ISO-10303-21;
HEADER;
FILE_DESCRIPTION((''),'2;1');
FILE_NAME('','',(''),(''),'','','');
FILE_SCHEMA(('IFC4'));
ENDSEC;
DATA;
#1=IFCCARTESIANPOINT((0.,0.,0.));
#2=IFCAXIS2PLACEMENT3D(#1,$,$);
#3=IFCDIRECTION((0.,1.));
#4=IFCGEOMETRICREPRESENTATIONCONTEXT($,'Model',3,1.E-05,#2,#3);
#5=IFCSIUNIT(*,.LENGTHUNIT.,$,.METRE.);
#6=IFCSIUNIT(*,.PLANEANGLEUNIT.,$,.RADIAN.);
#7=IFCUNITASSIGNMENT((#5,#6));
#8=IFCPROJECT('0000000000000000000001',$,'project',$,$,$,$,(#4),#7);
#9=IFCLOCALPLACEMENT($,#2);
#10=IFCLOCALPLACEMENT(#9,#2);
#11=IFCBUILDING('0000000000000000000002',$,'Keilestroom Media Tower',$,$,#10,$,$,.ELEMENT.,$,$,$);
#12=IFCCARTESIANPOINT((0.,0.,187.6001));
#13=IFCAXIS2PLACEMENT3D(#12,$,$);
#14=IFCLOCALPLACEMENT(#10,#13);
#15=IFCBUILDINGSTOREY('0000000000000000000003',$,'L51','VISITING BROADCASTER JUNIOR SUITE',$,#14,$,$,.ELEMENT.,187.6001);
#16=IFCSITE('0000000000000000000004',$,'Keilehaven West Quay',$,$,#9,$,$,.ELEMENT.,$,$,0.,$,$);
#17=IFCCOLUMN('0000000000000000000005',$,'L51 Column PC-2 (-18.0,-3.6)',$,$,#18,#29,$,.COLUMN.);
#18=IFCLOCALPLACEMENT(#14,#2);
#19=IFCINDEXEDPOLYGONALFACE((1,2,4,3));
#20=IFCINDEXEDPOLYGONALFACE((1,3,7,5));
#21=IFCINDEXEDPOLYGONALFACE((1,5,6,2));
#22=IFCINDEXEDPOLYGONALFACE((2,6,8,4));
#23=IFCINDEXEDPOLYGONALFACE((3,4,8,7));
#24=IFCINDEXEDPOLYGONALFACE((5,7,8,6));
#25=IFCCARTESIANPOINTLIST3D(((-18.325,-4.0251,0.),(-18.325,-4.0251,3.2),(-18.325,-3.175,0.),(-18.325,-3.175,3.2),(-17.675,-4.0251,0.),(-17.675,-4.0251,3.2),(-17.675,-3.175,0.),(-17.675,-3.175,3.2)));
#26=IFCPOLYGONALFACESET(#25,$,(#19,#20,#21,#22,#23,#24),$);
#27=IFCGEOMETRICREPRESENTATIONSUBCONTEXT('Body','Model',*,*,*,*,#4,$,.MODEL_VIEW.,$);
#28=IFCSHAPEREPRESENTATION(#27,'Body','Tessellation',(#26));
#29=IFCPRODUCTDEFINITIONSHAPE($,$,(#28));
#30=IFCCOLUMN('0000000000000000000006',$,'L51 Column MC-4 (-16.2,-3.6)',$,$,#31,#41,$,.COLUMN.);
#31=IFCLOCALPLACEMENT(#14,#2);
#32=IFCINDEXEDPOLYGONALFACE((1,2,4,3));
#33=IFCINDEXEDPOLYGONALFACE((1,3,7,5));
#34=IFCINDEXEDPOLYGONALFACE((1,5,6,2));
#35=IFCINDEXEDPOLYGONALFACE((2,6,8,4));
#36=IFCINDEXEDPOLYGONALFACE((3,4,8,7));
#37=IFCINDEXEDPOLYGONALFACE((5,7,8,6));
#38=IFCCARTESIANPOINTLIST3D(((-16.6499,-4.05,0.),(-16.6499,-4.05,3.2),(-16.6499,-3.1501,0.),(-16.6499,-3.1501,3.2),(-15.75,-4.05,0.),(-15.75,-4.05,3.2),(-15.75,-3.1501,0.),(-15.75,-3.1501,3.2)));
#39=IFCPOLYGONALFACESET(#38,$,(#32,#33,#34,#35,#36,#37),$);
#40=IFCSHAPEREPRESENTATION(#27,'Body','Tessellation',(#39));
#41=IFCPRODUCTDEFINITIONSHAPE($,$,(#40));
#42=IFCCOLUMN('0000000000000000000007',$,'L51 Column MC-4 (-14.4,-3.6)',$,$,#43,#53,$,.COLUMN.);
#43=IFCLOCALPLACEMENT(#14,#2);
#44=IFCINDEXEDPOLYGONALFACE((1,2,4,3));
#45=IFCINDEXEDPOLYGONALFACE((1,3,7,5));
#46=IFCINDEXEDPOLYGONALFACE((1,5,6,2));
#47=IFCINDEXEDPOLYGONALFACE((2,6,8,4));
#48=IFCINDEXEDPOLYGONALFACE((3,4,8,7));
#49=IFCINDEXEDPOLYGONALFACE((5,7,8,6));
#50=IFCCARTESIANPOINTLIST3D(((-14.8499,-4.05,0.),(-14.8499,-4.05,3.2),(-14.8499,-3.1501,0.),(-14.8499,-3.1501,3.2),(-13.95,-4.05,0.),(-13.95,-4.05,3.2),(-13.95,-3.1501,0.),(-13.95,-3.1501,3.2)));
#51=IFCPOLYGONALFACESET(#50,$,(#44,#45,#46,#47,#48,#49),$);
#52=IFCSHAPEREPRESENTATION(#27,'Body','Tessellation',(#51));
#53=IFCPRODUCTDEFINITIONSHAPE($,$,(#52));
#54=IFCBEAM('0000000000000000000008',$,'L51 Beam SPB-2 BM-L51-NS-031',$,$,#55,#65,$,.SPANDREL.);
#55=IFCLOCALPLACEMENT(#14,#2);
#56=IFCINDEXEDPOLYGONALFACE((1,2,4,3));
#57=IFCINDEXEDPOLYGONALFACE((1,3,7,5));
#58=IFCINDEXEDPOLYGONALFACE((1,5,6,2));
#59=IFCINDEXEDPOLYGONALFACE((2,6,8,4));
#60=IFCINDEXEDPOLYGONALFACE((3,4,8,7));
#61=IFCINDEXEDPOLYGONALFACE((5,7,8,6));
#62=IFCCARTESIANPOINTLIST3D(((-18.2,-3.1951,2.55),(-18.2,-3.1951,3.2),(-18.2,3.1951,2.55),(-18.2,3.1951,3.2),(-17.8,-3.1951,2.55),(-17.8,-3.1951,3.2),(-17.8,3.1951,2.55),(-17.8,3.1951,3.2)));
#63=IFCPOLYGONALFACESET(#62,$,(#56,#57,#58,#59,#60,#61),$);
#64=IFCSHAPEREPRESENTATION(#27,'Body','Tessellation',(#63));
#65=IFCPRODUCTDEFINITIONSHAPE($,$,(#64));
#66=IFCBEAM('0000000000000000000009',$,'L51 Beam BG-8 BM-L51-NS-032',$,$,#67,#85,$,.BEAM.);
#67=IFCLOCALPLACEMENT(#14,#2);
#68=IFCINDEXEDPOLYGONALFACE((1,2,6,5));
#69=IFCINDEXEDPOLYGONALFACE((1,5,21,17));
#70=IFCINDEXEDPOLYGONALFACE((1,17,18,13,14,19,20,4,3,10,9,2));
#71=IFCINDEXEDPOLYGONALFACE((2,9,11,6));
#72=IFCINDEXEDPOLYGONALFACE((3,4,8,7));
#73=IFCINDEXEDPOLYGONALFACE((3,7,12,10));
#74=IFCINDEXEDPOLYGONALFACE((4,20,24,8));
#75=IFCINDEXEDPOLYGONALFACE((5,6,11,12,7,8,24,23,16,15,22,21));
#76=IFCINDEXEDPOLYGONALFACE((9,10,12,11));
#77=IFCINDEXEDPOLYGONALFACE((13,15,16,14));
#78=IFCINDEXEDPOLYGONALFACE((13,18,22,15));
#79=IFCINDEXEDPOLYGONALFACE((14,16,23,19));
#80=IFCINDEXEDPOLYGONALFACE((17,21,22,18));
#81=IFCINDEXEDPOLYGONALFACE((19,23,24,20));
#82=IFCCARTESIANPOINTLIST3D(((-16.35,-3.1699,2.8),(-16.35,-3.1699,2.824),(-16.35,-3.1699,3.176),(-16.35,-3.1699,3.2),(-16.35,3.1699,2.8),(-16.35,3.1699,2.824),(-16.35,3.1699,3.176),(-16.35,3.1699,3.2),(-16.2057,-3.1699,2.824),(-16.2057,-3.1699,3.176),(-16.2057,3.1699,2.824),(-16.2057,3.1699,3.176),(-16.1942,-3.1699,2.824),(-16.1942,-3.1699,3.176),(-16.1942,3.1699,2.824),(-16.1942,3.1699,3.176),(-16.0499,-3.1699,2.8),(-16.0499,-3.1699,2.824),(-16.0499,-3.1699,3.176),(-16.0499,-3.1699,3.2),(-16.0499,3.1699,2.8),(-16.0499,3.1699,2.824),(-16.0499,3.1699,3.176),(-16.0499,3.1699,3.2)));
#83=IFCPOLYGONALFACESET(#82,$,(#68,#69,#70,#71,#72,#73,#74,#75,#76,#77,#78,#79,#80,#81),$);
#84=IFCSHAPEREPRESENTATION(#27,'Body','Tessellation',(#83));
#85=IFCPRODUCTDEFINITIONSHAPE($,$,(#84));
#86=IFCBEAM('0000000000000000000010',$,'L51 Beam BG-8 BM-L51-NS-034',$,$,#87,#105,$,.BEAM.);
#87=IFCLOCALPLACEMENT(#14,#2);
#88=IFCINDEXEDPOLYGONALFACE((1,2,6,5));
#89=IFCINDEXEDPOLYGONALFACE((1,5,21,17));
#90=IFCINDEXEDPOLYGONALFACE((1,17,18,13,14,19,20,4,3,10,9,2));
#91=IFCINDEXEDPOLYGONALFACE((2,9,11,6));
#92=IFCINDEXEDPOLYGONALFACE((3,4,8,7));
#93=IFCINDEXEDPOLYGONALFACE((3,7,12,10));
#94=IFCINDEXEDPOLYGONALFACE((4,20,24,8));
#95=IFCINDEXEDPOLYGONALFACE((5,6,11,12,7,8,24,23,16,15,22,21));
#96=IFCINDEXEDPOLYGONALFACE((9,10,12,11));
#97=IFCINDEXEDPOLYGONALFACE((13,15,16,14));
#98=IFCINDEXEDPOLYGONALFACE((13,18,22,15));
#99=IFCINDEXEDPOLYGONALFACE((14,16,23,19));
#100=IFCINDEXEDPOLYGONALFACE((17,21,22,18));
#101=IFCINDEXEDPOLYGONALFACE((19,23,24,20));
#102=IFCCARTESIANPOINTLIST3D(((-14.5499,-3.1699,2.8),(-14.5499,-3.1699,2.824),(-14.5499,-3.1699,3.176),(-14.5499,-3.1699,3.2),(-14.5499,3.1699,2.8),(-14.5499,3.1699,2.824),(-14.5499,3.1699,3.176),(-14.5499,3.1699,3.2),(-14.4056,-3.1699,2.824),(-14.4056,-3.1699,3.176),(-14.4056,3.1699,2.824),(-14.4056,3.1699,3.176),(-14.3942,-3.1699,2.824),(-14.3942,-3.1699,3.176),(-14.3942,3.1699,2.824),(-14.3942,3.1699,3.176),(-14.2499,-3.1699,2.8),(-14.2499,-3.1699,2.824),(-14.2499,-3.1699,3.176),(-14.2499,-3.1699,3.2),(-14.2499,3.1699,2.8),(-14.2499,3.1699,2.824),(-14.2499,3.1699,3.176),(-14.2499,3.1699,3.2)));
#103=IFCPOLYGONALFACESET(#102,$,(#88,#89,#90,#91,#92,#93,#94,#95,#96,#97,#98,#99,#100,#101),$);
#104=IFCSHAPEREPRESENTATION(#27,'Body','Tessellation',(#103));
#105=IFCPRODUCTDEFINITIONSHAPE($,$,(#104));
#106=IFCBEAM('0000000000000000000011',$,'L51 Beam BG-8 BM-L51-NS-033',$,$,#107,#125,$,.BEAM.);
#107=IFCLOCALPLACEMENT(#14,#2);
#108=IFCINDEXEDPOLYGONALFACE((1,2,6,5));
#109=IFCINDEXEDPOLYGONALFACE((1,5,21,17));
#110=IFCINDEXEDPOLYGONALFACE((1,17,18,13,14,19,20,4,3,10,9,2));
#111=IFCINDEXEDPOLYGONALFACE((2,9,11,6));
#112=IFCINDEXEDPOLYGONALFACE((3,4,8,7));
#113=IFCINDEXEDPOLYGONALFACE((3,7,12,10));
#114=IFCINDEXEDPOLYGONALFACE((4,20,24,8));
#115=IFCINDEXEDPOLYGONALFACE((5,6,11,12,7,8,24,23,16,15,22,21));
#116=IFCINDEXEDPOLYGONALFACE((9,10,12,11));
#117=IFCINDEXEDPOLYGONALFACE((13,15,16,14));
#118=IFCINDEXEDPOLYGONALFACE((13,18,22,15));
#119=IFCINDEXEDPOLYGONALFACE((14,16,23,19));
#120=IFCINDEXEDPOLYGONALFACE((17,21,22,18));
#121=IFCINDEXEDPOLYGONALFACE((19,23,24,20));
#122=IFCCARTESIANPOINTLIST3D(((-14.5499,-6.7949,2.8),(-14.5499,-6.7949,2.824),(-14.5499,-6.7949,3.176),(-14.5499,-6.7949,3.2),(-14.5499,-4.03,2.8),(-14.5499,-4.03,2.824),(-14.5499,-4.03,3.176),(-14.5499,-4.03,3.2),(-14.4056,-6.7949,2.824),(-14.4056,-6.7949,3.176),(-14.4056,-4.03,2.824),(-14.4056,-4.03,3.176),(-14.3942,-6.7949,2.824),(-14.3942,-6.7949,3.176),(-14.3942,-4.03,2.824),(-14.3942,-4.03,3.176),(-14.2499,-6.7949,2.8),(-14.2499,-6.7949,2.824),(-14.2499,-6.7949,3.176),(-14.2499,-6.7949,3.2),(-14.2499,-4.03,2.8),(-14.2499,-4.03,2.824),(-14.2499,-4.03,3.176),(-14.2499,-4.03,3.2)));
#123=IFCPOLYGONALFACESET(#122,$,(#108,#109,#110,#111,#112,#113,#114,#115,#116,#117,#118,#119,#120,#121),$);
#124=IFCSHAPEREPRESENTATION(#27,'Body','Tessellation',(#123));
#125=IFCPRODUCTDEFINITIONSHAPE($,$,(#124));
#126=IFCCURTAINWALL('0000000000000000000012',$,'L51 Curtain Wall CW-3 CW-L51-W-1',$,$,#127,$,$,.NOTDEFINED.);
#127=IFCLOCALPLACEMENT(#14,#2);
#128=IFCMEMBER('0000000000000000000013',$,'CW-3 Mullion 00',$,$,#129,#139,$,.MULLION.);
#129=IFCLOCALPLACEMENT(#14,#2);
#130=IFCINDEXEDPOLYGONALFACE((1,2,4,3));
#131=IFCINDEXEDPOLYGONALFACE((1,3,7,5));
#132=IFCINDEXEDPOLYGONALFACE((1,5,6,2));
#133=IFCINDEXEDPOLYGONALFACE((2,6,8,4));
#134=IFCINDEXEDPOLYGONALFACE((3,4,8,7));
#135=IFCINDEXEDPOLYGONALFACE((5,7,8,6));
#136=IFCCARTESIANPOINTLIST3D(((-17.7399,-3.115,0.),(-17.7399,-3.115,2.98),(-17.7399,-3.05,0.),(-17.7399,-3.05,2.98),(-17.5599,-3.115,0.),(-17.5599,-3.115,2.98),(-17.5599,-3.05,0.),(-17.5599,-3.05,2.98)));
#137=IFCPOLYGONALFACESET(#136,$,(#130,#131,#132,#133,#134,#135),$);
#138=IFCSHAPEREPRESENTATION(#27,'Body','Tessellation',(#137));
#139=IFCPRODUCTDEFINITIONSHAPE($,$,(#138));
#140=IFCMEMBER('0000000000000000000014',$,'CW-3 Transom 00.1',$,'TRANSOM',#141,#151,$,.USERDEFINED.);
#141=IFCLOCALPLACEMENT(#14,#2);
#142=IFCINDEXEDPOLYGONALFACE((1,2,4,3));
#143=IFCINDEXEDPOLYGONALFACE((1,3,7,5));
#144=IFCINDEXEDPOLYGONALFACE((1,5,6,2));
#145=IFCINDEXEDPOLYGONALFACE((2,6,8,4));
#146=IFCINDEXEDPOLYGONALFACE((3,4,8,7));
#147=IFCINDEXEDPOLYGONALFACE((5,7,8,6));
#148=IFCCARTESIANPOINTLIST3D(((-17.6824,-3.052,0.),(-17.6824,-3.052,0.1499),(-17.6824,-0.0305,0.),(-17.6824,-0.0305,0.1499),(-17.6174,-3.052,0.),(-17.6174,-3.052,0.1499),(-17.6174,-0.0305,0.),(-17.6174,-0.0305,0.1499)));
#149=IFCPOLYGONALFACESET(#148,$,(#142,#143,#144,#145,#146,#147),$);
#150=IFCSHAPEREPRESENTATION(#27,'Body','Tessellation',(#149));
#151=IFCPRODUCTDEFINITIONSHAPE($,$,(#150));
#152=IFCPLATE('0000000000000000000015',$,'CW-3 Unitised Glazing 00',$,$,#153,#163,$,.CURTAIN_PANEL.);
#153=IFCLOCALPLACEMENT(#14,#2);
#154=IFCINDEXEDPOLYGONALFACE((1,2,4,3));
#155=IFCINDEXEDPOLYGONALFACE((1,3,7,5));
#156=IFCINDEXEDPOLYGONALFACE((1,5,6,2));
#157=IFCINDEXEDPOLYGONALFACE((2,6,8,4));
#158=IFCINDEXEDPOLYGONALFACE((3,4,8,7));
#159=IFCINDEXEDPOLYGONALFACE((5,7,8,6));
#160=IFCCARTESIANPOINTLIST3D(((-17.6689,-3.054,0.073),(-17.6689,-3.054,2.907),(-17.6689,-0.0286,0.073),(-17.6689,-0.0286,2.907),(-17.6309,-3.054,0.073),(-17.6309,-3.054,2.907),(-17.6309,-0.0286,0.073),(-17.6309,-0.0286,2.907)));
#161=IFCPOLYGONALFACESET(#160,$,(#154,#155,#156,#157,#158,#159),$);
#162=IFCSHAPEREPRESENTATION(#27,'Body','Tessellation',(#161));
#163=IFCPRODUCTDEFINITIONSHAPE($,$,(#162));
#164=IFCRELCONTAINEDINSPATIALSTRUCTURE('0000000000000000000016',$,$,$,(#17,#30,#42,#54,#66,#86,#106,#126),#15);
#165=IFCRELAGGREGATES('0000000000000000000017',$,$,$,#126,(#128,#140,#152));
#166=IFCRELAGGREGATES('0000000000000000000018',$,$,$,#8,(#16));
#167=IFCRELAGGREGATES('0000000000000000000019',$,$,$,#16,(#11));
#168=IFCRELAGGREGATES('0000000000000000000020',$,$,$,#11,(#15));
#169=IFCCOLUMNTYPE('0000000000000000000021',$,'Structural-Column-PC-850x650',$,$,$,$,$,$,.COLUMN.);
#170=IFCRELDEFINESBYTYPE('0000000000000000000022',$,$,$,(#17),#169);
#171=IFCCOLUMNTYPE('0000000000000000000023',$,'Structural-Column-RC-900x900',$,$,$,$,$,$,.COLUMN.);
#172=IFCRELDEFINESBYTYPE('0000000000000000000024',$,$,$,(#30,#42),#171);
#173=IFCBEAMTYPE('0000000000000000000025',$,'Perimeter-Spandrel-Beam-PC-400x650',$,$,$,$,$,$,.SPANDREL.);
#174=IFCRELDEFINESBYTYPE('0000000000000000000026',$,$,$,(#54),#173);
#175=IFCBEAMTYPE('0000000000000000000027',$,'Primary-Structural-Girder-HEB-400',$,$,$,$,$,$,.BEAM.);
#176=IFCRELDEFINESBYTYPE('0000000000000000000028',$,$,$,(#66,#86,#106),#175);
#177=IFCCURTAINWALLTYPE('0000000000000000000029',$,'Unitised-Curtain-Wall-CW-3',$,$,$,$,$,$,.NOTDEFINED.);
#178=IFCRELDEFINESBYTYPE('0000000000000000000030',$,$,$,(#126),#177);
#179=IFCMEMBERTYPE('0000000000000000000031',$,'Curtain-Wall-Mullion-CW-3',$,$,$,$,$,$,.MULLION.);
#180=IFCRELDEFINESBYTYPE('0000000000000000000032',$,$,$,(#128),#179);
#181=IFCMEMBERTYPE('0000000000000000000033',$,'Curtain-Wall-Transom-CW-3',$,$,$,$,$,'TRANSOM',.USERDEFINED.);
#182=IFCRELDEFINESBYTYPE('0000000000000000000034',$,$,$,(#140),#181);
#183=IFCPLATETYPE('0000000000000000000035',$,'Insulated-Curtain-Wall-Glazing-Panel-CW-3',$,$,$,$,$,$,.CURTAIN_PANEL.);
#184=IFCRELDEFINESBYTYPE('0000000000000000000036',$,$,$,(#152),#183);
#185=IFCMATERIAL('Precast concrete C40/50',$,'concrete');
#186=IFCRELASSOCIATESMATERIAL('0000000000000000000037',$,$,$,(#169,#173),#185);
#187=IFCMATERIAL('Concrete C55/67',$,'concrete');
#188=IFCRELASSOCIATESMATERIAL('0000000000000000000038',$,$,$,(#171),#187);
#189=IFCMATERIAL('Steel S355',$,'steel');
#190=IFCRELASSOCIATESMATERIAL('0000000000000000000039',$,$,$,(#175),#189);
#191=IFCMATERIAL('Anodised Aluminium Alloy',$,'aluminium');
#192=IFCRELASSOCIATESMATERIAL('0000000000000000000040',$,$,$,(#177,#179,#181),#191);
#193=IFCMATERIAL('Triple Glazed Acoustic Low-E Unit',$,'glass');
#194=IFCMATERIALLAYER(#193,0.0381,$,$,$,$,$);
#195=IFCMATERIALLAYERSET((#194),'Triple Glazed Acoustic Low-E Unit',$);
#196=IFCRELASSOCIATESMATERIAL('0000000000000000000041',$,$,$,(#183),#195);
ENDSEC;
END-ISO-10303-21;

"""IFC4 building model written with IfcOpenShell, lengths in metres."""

from ifc_helpers import new_model, si_unit, direction, frame, origin, origin_2d, place, context, subcontext, project, spatial, rectangle, i_section, extrude, source, transform, mapped, material, layer, layer_set, material_profile, profile_set, type_object, element, aggregate, save


model = new_model("IFC4")

# Units and contexts
model_context = context("Model", 3, precision=1e-05, world=origin(), true_north=direction((0.0, 1.0)))
body_context = subcontext(model_context, "Body", "Model", "MODEL_VIEW")
ifc_project = project(units=[si_unit("LENGTHUNIT", "METRE"), si_unit("PLANEANGLEUNIT", "RADIAN")], contexts=[model_context])

# Site, building, storey
site_placement = place(None, origin())
site = spatial("IfcSite", under=ifc_project, at=site_placement, Name="Keilehaven West Quay", CompositionType="ELEMENT", RefElevation=0.0)
building_placement = place(site_placement, origin())
building = spatial("IfcBuilding", under=site, at=building_placement, Name="Keilestroom Media Tower", CompositionType="ELEMENT")
storey_placement = place(building_placement, frame((0.0, 0.0, 187.6001)))
storey = spatial("IfcBuildingStorey", under=building, at=storey_placement, Name="L51", Description="VISITING BROADCASTER JUNIOR SUITE", CompositionType="ELEMENT", Elevation=187.6001)

# Columns
ifc_material_1 = material(Name="Precast concrete C40/50", Category="concrete")
ifc_material_profile_1 = material_profile(ifc_material_1, rectangle(XDim=0.6499, YDim=0.8501, at=origin_2d()), Name="PC 850x650")
ifc_profile_set_1 = profile_set([ifc_material_profile_1], Name="Precast concrete C40/50")
column_type_1 = type_object("IfcColumnType", Name="Structural-Column-PC-850x650", PredefinedType="COLUMN", material=ifc_profile_set_1)
shared_shape_1 = source(origin(), body_context, "Body", "SweptSolid", [
    extrude(rectangle(XDim=0.6499, YDim=0.8501, at=origin_2d()), origin(), (0.0, 0.0, 1.0), 3.2),
])
column_placement = place(storey_placement, frame((-18.0, -3.6001, 0.0), z_axis=(0.0, 0.0, 1.0), x_axis=(1.0, 0.0, 0.0)))
element("IfcColumn", 1, at=column_placement, inside=storey, type_object=column_type_1, Name="L51 Column PC-2 (-18.0,-3.6)", PredefinedType="COLUMN", context=body_context, shape_type="MappedRepresentation", body=[
    mapped(shared_shape_1, transform((0.0, 0.0, 0.0), x_axis=(1.0, 0.0, 0.0), y_axis=(0.0, 1.0, 0.0), z_axis=(0.0, 0.0, 1.0), scale=1.0)),
])
ifc_material_2 = material(Name="Concrete C55/67", Category="concrete")
ifc_material_profile_2 = material_profile(ifc_material_2, rectangle(XDim=0.8999, YDim=0.8999, at=origin_2d()), Name="RC 900x900")
ifc_profile_set_2 = profile_set([ifc_material_profile_2], Name="Concrete C55/67")
column_type_2 = type_object("IfcColumnType", Name="Structural-Column-RC-900x900", PredefinedType="COLUMN", material=ifc_profile_set_2)
shared_shape_2 = source(origin(), body_context, "Body", "SweptSolid", [
    extrude(rectangle(XDim=0.8999, YDim=0.8999, at=origin_2d()), origin(), (0.0, 0.0, 1.0), 3.2),
])
for number, where, z_axis, x_axis, name in (
    (2, (-16.2, -3.6001, 0.0), (0.0, 0.0, 1.0), (1.0, 0.0, 0.0), "L51 Column MC-4 (-16.2,-3.6)"),
    (3, (-14.3999, -3.6001, 0.0), (0.0, 0.0, 1.0), (1.0, 0.0, 0.0), "L51 Column MC-4 (-14.4,-3.6)"),
):
    element("IfcColumn", number, at=place(storey_placement, frame(where, z_axis=z_axis, x_axis=x_axis)), inside=storey, type_object=column_type_2, Name=name, PredefinedType="COLUMN", context=body_context, shape_type="MappedRepresentation", body=[
        mapped(shared_shape_2, transform((0.0, 0.0, 0.0), x_axis=(1.0, 0.0, 0.0), y_axis=(0.0, 1.0, 0.0), z_axis=(0.0, 0.0, 1.0), scale=1.0)),
    ])

# Beams
ifc_material_profile_3 = material_profile(ifc_material_1, rectangle(XDim=0.3999, YDim=0.6499, at=origin_2d()), Name="PC 400x650")
ifc_profile_set_3 = profile_set([ifc_material_profile_3], Name="Precast concrete C40/50")
beam_type_1 = type_object("IfcBeamType", Name="Perimeter-Spandrel-Beam-PC-400x650", PredefinedType="SPANDREL", material=ifc_profile_set_3)
shared_shape_3 = source(origin(), body_context, "Body", "SweptSolid", [
    extrude(rectangle(XDim=0.3999, YDim=0.6499, at=origin_2d()), origin(), (0.0, 0.0, 1.0), 6.3901),
])
beam_1_placement = place(storey_placement, frame((-18.0, -3.1951, 2.875), z_axis=(0.0, 1.0, 0.0), x_axis=(-1.0, 0.0, 0.0)))
element("IfcBeam", 4, at=beam_1_placement, inside=storey, type_object=beam_type_1, Name="L51 Beam SPB-2 BM-L51-NS-031", PredefinedType="SPANDREL", context=body_context, shape_type="MappedRepresentation", body=[
    mapped(shared_shape_3, transform((0.0, 0.0, 0.0), x_axis=(1.0, 0.0, 0.0), y_axis=(0.0, 1.0, 0.0), z_axis=(0.0, 0.0, 1.0), scale=1.0)),
])
ifc_material_3 = material(Name="Steel S355", Category="steel")
ifc_material_profile_4 = material_profile(ifc_material_3, i_section(OverallWidth=0.3, OverallDepth=0.3999, WebThickness=0.0115, FlangeThickness=0.0239, at=origin_2d()), Name="HEB 400")
ifc_profile_set_4 = profile_set([ifc_material_profile_4], Name="Steel S355")
beam_type_2 = type_object("IfcBeamType", Name="Primary-Structural-Girder-HEB-400", PredefinedType="BEAM", material=ifc_profile_set_4)
shared_shape_4 = source(origin(), body_context, "Body", "SweptSolid", [
    extrude(i_section(OverallWidth=0.3, OverallDepth=0.3999, WebThickness=0.0115, FlangeThickness=0.0239, at=origin_2d()), origin(), (0.0, 0.0, 1.0), 6.3398),
])
for number, where, z_axis, x_axis, name in (
    (5, (-16.2, -3.1699, 3.0), (0.0, 1.0, 0.0), (-1.0, 0.0, 0.0), "L51 Beam BG-8 BM-L51-NS-032"),
    (6, (-14.3999, -3.1699, 3.0), (0.0, 1.0, 0.0), (-1.0, 0.0, 0.0), "L51 Beam BG-8 BM-L51-NS-034"),
):
    element("IfcBeam", number, at=place(storey_placement, frame(where, z_axis=z_axis, x_axis=x_axis)), inside=storey, type_object=beam_type_2, Name=name, PredefinedType="BEAM", context=body_context, shape_type="MappedRepresentation", body=[
        mapped(shared_shape_4, transform((0.0, 0.0, 0.0), x_axis=(1.0, 0.0, 0.0), y_axis=(0.0, 1.0, 0.0), z_axis=(0.0, 0.0, 1.0), scale=1.0)),
    ])
shared_shape_5 = source(origin(), body_context, "Body", "SweptSolid", [
    extrude(i_section(OverallWidth=0.3, OverallDepth=0.3999, WebThickness=0.0115, FlangeThickness=0.0239, at=origin_2d()), origin(), (0.0, 0.0, 1.0), 2.7649),
])
beam_2_placement = place(storey_placement, frame((-14.3999, -6.7949, 3.0), z_axis=(0.0, 1.0, 0.0), x_axis=(-1.0, 0.0, 0.0)))
element("IfcBeam", 7, at=beam_2_placement, inside=storey, type_object=beam_type_2, Name="L51 Beam BG-8 BM-L51-NS-033", PredefinedType="BEAM", context=body_context, shape_type="MappedRepresentation", body=[
    mapped(shared_shape_5, transform((0.0, 0.0, 0.0), x_axis=(1.0, 0.0, 0.0), y_axis=(0.0, 1.0, 0.0), z_axis=(0.0, 0.0, 1.0), scale=1.0)),
])

# Curtain wall, members, plate
ifc_material_4 = material(Name="Anodised Aluminium Alloy", Category="aluminium")
curtain_wall_type = type_object("IfcCurtainWallType", Name="Unitised-Curtain-Wall-CW-3", PredefinedType="NOTDEFINED", material=ifc_material_4)
curtain_wall_placement = place(storey_placement, origin())
curtain_wall = element("IfcCurtainWall", 8, at=curtain_wall_placement, inside=storey, type_object=curtain_wall_type, Name="L51 Curtain Wall CW-3 CW-L51-W-1", PredefinedType="NOTDEFINED")
ifc_material_profile_5 = material_profile(ifc_material_4, rectangle(XDim=0.0649, YDim=0.1799, at=origin_2d()), Name="ALU MULLION 65x180")
ifc_profile_set_5 = profile_set([ifc_material_profile_5], Name="Anodised Aluminium Alloy")
member_type_1 = type_object("IfcMemberType", Name="Curtain-Wall-Mullion-CW-3", PredefinedType="MULLION", material=ifc_profile_set_5)
shared_shape_6 = source(origin(), body_context, "Body", "SweptSolid", [
    extrude(rectangle(XDim=0.0649, YDim=0.1799, at=origin_2d()), origin(), (0.0, 0.0, 1.0), 2.98),
])
member_1_placement = place(storey_placement, frame((-17.6499, -3.0825, 0.0), z_axis=(0.0, 0.0, 1.0), x_axis=(0.0, 1.0, 0.0)))
member_1 = element("IfcMember", 9, at=member_1_placement, type_object=member_type_1, Name="CW-3 Mullion 00", PredefinedType="MULLION", context=body_context, shape_type="MappedRepresentation", body=[
    mapped(shared_shape_6, transform((0.0, 0.0, 0.0), x_axis=(1.0, 0.0, 0.0), y_axis=(0.0, 1.0, 0.0), z_axis=(0.0, 0.0, 1.0), scale=1.0)),
])
ifc_material_profile_6 = material_profile(ifc_material_4, rectangle(XDim=0.0649, YDim=0.1499, at=origin_2d()), Name="ALU TRANSOM 65x150")
ifc_profile_set_6 = profile_set([ifc_material_profile_6], Name="Anodised Aluminium Alloy")
member_type_2 = type_object("IfcMemberType", Name="Curtain-Wall-Transom-CW-3", ElementType="TRANSOM", PredefinedType="USERDEFINED", material=ifc_profile_set_6)
shared_shape_7 = source(origin(), body_context, "Body", "SweptSolid", [
    extrude(rectangle(XDim=0.0649, YDim=0.1499, at=origin_2d()), origin(), (0.0, 0.0, 1.0), 3.0215),
])
member_2_placement = place(storey_placement, frame((-17.6499, -3.052, 0.075), z_axis=(0.0, 1.0, 0.0), x_axis=(-1.0, 0.0, 0.0)))
member_2 = element("IfcMember", 10, at=member_2_placement, type_object=member_type_2, Name="CW-3 Transom 00.1", ObjectType="TRANSOM", PredefinedType="USERDEFINED", context=body_context, shape_type="MappedRepresentation", body=[
    mapped(shared_shape_7, transform((0.0, 0.0, 0.0), x_axis=(1.0, 0.0, 0.0), y_axis=(0.0, 1.0, 0.0), z_axis=(0.0, 0.0, 1.0), scale=1.0)),
])
ifc_material_5 = material(Name="Triple Glazed Acoustic Low-E Unit", Category="glass")
ifc_layer_1 = layer(ifc_material_5, 0.0381)
ifc_layer_set_1 = layer_set([ifc_layer_1], Name="Triple Glazed Acoustic Low-E Unit")
plate_type = type_object("IfcPlateType", Name="Insulated-Curtain-Wall-Glazing-Panel-CW-3", PredefinedType="CURTAIN_PANEL", material=ifc_layer_set_1)
shared_shape_8 = source(origin(), body_context, "Body", "SweptSolid", [
    extrude(rectangle(XDim=3.0254, YDim=0.0381, at=origin_2d()), origin(), (0.0, 0.0, 1.0), 2.834),
])
plate_placement = place(storey_placement, frame((-17.6499, -1.5413, 0.073), z_axis=(0.0, 0.0, 1.0), x_axis=(0.0, 1.0, 0.0)))
plate = element("IfcPlate", 11, at=plate_placement, type_object=plate_type, Name="CW-3 Unitised Glazing 00", PredefinedType="CURTAIN_PANEL", context=body_context, shape_type="MappedRepresentation", body=[
    mapped(shared_shape_8, transform((0.0, 0.0, 0.0), x_axis=(1.0, 0.0, 0.0), y_axis=(0.0, 1.0, 0.0), z_axis=(0.0, 0.0, 1.0), scale=1.0)),
])
aggregate(curtain_wall, [member_1, member_2, plate])

save(model, "model.ifc")
